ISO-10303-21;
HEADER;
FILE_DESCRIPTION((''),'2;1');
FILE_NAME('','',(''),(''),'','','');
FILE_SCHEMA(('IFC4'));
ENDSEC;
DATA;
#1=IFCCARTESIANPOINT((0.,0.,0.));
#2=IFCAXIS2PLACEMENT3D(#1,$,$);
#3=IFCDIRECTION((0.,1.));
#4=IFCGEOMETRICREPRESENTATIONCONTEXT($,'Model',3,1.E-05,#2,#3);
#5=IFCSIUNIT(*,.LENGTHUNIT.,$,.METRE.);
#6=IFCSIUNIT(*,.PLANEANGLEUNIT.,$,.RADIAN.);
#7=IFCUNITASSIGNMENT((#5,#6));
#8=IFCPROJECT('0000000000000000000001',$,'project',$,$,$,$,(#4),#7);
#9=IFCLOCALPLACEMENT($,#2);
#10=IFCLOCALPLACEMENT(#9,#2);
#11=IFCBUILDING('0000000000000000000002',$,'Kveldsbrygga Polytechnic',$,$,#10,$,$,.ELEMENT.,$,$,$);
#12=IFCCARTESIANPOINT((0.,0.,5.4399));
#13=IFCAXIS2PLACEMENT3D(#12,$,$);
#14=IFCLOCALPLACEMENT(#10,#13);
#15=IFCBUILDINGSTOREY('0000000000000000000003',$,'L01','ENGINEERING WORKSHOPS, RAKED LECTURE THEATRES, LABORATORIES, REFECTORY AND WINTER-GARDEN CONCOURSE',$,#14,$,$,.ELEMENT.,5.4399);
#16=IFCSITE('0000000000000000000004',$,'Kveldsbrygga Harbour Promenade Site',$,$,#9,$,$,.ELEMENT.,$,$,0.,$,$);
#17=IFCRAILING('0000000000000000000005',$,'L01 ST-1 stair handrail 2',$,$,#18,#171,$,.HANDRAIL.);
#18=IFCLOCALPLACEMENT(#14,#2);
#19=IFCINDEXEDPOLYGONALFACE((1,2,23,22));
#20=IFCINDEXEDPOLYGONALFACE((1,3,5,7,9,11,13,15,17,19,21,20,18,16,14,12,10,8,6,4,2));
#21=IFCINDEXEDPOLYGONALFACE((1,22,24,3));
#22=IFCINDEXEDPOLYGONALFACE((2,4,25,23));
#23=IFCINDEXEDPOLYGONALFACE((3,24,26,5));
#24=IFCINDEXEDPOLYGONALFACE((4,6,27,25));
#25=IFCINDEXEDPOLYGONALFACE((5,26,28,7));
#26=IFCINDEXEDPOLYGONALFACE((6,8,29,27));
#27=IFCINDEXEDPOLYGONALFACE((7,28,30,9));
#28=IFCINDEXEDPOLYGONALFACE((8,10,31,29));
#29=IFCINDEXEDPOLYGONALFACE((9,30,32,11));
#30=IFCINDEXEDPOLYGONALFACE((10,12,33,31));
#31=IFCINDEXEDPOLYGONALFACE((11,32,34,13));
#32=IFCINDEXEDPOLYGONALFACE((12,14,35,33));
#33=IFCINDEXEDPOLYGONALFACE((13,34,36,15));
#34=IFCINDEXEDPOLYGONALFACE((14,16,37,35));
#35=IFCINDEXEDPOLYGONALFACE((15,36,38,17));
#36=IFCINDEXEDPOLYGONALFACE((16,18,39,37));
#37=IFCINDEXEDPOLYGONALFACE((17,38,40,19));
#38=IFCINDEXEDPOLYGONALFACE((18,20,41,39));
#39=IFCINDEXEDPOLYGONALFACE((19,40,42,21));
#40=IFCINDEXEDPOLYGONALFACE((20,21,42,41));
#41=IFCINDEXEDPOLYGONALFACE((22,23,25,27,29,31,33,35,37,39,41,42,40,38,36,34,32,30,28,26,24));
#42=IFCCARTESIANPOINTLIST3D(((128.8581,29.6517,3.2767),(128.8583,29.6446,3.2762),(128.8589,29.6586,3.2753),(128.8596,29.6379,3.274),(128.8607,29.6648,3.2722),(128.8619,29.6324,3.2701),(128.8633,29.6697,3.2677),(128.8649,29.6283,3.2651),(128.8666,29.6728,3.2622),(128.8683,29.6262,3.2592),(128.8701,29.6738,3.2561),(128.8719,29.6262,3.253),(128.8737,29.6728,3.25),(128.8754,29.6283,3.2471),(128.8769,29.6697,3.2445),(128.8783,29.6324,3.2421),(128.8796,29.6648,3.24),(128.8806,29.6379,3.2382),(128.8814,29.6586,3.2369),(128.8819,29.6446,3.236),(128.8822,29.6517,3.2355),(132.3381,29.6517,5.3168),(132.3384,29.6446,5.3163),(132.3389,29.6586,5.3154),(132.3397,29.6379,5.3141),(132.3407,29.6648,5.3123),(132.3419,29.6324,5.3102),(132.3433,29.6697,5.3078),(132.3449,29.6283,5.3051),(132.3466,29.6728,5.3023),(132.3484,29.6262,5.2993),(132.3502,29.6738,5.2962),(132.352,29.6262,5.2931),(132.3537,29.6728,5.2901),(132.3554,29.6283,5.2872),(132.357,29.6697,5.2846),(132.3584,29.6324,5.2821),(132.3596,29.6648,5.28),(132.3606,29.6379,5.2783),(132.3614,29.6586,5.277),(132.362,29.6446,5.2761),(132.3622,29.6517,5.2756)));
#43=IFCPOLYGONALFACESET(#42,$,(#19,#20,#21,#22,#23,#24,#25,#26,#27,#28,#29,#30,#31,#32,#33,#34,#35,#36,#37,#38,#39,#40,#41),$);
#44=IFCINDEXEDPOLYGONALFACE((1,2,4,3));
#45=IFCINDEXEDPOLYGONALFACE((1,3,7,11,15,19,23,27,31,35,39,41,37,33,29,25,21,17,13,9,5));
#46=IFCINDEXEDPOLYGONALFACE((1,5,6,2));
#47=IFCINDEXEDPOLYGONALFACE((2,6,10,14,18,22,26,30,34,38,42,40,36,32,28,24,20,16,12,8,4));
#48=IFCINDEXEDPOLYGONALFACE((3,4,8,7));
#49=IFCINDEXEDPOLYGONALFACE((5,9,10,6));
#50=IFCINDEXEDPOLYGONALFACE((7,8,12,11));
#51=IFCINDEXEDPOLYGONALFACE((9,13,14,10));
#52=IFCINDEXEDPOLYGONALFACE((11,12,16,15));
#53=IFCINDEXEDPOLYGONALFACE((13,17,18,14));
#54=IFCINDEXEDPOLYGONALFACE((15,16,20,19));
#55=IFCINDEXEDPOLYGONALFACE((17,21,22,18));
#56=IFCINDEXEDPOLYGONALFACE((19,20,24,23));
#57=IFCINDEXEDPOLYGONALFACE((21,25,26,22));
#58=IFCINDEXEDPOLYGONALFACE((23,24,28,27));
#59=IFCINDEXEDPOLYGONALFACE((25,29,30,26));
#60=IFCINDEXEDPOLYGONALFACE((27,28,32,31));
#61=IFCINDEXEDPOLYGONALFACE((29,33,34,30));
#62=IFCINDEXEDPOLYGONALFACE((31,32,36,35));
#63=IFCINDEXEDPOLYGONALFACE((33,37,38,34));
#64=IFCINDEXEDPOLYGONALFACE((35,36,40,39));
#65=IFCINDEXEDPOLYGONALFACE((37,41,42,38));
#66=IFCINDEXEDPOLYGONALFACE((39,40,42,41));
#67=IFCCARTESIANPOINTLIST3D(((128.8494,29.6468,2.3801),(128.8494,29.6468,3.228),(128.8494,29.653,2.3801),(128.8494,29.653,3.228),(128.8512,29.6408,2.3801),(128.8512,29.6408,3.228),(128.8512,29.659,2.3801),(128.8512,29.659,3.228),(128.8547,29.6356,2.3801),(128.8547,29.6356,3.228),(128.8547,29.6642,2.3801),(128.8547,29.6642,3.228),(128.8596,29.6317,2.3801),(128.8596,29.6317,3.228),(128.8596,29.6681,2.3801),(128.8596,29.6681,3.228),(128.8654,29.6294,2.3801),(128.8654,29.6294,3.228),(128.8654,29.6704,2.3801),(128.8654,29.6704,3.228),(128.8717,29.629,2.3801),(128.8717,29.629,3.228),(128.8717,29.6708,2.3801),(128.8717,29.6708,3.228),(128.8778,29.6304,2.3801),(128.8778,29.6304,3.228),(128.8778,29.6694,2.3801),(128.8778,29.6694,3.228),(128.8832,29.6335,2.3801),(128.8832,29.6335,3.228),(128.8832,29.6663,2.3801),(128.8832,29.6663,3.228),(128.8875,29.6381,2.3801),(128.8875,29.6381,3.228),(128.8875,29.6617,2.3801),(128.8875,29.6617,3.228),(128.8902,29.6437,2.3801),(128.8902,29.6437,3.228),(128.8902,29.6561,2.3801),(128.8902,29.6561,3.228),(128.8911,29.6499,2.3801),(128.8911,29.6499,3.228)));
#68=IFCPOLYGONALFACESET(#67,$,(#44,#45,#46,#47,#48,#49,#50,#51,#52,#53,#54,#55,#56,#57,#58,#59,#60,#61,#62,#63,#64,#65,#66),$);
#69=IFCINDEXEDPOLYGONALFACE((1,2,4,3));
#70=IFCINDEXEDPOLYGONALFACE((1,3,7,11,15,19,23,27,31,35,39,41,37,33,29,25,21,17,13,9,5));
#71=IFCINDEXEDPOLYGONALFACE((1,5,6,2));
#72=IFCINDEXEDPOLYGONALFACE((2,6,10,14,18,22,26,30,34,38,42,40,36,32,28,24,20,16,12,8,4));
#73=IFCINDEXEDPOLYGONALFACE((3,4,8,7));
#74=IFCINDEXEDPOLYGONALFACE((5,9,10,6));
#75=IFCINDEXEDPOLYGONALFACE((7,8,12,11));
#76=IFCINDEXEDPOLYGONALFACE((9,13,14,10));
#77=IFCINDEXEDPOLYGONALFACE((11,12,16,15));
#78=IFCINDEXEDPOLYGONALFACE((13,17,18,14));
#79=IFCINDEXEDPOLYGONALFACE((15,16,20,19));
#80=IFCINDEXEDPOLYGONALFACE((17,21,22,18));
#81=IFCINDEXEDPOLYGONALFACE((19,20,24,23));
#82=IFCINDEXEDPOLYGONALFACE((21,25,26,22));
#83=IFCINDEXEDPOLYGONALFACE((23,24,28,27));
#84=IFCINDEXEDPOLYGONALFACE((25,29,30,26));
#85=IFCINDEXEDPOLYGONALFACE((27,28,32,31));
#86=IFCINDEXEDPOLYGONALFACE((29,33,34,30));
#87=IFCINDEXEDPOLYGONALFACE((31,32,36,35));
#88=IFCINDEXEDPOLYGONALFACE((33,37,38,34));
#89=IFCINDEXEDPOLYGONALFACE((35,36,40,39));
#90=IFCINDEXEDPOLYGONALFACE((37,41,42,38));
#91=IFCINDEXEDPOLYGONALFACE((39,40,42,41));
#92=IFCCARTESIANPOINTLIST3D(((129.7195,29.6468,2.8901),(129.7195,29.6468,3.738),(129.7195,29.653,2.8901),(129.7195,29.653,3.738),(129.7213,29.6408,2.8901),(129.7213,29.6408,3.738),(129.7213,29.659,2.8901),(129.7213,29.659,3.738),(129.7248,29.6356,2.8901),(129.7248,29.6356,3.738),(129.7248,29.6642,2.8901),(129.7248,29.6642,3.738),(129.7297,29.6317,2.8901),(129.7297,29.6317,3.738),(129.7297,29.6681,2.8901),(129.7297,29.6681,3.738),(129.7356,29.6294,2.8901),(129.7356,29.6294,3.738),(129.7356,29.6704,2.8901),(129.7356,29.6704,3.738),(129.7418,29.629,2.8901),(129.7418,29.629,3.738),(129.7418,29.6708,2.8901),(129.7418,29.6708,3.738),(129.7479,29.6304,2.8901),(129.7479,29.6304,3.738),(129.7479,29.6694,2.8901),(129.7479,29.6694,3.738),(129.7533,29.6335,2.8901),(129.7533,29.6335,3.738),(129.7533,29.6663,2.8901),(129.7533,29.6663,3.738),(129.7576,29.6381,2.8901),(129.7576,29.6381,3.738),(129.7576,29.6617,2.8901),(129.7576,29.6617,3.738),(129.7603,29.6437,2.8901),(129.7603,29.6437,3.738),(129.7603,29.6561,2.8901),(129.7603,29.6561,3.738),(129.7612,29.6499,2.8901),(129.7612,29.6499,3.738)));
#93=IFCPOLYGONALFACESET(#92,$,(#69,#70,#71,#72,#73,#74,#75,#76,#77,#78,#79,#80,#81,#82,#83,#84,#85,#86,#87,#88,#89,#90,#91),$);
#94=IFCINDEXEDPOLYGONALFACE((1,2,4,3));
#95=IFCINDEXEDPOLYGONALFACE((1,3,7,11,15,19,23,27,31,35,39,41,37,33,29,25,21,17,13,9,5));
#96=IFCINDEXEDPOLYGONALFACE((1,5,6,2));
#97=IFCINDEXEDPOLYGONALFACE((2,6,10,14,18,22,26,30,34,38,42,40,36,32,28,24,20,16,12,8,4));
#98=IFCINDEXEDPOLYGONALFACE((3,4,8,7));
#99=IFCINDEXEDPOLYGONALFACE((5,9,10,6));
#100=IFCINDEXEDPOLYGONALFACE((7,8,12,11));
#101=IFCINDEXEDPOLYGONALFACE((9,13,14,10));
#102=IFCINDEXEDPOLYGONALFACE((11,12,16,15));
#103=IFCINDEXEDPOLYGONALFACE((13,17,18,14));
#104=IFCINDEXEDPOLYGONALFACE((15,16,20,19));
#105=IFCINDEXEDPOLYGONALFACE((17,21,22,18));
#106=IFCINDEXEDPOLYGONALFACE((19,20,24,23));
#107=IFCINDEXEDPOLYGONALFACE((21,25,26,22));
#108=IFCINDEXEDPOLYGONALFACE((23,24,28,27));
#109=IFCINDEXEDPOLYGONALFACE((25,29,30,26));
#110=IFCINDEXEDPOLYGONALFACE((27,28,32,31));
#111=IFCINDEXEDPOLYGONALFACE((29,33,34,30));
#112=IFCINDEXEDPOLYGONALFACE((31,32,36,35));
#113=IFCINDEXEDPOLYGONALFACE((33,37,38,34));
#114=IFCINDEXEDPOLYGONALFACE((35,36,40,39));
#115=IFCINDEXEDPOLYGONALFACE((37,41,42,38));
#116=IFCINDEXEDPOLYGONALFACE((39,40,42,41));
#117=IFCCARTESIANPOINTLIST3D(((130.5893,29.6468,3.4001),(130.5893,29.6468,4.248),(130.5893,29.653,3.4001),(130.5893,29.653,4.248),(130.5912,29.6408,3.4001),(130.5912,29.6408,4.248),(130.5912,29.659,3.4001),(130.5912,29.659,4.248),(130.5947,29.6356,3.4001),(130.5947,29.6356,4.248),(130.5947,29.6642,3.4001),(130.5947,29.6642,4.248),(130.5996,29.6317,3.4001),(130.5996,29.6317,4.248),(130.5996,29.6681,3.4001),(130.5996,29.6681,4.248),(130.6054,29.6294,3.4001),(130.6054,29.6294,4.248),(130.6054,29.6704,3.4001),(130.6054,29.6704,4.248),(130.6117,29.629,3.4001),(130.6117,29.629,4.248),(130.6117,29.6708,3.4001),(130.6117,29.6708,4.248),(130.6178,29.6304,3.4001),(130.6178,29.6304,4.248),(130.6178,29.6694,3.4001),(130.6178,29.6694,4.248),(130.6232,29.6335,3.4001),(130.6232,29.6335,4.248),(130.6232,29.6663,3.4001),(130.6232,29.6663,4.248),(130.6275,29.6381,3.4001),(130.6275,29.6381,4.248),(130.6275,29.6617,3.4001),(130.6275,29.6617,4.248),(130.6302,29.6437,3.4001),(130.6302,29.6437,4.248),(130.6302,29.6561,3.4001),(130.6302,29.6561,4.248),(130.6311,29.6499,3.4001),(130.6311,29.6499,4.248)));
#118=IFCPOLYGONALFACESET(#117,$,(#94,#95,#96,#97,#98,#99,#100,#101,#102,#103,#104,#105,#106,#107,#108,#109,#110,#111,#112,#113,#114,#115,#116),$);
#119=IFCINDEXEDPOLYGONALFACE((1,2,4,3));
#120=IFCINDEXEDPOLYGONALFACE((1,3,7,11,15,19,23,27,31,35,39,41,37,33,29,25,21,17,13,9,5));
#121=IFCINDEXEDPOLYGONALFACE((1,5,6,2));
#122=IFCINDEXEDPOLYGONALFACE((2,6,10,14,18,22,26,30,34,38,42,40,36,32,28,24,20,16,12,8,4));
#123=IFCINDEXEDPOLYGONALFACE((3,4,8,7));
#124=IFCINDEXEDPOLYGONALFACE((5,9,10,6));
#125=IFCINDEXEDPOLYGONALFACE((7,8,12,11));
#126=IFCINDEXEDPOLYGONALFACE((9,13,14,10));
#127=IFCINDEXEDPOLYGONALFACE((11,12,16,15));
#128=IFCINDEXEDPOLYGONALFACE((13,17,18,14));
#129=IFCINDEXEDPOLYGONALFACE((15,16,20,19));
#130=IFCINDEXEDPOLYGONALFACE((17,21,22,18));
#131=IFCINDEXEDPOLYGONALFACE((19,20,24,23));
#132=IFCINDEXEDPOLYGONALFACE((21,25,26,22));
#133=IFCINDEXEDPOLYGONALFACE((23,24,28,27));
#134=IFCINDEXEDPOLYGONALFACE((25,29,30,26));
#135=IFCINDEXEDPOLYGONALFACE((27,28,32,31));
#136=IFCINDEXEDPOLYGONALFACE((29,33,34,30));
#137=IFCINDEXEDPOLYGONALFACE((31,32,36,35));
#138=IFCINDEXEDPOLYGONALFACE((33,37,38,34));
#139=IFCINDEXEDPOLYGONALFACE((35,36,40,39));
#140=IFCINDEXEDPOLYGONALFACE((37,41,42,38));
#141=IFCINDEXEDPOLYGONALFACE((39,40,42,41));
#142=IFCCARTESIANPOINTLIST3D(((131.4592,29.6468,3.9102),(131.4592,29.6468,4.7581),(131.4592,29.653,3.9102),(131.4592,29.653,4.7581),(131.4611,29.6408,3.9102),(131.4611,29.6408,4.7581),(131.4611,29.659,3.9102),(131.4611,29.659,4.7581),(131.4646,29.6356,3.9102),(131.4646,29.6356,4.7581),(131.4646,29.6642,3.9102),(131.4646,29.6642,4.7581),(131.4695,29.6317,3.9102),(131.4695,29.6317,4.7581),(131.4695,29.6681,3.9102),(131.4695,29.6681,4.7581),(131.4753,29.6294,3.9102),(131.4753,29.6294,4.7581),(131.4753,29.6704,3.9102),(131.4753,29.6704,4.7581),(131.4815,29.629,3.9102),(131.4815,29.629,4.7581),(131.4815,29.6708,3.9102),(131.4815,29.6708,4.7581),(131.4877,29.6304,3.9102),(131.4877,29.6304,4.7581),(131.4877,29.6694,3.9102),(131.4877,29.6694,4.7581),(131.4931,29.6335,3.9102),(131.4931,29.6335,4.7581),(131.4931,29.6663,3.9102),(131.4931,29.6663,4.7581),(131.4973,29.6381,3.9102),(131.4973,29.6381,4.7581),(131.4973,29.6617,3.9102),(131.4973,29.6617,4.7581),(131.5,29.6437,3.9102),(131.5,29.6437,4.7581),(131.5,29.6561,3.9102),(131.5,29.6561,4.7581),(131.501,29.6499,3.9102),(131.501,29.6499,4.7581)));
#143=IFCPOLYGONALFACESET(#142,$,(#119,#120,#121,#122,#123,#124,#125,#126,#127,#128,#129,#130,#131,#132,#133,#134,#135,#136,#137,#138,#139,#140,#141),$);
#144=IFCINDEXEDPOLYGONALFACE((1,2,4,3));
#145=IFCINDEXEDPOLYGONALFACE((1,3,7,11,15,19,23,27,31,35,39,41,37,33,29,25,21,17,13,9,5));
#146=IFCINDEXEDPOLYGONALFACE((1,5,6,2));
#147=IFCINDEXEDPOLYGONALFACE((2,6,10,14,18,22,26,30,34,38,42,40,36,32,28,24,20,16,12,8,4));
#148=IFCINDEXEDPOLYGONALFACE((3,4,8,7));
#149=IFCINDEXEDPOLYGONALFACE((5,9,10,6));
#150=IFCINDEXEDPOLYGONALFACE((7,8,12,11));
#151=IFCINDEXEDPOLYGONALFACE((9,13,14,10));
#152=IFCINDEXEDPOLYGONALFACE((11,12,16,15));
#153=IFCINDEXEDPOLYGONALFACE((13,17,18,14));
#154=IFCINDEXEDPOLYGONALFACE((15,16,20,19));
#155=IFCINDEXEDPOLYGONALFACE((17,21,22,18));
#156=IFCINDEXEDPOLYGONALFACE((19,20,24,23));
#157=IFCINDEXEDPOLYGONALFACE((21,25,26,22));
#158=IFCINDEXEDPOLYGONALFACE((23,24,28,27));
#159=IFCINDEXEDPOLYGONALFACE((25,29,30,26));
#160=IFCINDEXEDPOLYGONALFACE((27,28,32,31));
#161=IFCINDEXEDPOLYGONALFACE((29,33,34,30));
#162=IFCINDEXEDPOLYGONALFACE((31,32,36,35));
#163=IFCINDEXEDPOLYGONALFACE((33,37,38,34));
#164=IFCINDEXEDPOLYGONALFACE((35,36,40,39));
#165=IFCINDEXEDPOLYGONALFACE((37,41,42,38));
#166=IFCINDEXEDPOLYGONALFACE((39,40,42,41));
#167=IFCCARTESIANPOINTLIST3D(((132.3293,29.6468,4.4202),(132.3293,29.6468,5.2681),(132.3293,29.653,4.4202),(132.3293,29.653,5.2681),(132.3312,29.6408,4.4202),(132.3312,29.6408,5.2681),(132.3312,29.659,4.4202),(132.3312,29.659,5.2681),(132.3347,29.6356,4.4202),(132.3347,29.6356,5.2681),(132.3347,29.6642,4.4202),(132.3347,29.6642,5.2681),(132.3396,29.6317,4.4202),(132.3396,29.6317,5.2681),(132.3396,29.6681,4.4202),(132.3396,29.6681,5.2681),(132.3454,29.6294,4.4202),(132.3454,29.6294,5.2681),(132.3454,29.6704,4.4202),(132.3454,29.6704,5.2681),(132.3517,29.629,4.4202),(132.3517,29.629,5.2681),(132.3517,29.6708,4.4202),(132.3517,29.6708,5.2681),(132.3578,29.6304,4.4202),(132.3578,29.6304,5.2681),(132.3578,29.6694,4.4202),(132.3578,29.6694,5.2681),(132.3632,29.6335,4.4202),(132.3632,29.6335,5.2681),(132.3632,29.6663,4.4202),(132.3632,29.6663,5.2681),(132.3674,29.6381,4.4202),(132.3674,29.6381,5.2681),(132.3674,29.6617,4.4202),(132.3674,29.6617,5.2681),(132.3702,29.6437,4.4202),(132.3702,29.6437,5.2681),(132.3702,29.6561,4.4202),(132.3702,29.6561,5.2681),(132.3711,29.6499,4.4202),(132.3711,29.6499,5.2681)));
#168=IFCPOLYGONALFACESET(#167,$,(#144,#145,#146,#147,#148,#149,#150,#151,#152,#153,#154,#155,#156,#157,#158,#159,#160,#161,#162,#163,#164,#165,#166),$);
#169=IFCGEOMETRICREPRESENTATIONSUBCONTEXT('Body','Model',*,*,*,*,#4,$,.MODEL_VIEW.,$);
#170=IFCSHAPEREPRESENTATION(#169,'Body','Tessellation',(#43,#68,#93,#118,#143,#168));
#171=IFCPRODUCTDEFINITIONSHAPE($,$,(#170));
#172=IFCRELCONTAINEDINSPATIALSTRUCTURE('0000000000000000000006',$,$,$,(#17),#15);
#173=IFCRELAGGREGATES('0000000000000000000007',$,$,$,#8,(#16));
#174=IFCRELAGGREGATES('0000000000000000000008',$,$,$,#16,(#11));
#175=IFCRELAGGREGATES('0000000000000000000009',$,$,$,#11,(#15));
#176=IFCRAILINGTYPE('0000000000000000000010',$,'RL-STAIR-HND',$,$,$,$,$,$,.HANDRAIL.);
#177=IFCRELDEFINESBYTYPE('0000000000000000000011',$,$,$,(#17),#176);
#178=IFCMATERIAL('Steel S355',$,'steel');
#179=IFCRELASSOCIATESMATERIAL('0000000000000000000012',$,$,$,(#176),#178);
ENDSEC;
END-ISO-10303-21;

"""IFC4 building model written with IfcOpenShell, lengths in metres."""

from ifc_helpers import new_model, si_unit, direction, frame, origin, origin_2d, place, context, subcontext, project, spatial, circle, extrude, material, type_object, element, save


model = new_model("IFC4")

# Units and contexts
model_context = context("Model", 3, precision=1e-05, world=origin(), true_north=direction((0.0, 1.0)))
body_context = subcontext(model_context, "Body", "Model", "MODEL_VIEW")
ifc_project = project(units=[si_unit("LENGTHUNIT", "METRE"), si_unit("PLANEANGLEUNIT", "RADIAN")], contexts=[model_context])

# Site, building, storey
site_placement = place(None, origin())
site = spatial("IfcSite", under=ifc_project, at=site_placement, Name="Kveldsbrygga Harbour Promenade Site", CompositionType="ELEMENT", RefElevation=0.0)
building_placement = place(site_placement, origin())
building = spatial("IfcBuilding", under=site, at=building_placement, Name="Kveldsbrygga Polytechnic", CompositionType="ELEMENT")
storey_placement = place(building_placement, frame((0.0, 0.0, 5.4399)))
storey = spatial("IfcBuildingStorey", under=building, at=storey_placement, Name="L01", Description="ENGINEERING WORKSHOPS, RAKED LECTURE THEATRES, LABORATORIES, REFECTORY AND WINTER-GARDEN CONCOURSE", CompositionType="ELEMENT", Elevation=5.4399)

# Railing
ifc_material_1 = material(Name="Steel S355", Category="steel")
railing_type_1 = type_object("IfcRailingType", Name="RL-STAIR-HND", PredefinedType="HANDRAIL", material=ifc_material_1)
railing_1_placement = place(storey_placement, frame((128.8701, 29.6499, 2.3801)))
element("IfcRailing", 1, at=railing_1_placement, inside=storey, type_object=railing_type_1, Name="L01 ST-1 stair handrail 2", PredefinedType="HANDRAIL", context=body_context, shape_type="SweptSolid", body=[
    extrude(circle(Radius=0.0239, at=origin_2d()), frame((0.0, 0.0, 0.876), z_axis=(0.862693, 0.0, 0.505729), x_axis=(0.0, 1.0, 0.0)), (0.0, 0.0, 1.0), 4.0339),
    extrude(circle(Radius=0.021, at=origin_2d()), origin(), (0.0, 0.0, 1.0), 0.8479),
    extrude(circle(Radius=0.021, at=origin_2d()), frame((0.8701, 0.0, 0.51)), (0.0, 0.0, 1.0), 0.8479),
    extrude(circle(Radius=0.021, at=origin_2d()), frame((1.74, 0.0, 1.02)), (0.0, 0.0, 1.0), 0.8479),
    extrude(circle(Radius=0.021, at=origin_2d()), frame((2.6099, 0.0, 1.53)), (0.0, 0.0, 1.0), 0.8479),
    extrude(circle(Radius=0.021, at=origin_2d()), frame((3.48, 0.0, 2.04)), (0.0, 0.0, 1.0), 0.8479),
])

save(model, "model.ifc")
